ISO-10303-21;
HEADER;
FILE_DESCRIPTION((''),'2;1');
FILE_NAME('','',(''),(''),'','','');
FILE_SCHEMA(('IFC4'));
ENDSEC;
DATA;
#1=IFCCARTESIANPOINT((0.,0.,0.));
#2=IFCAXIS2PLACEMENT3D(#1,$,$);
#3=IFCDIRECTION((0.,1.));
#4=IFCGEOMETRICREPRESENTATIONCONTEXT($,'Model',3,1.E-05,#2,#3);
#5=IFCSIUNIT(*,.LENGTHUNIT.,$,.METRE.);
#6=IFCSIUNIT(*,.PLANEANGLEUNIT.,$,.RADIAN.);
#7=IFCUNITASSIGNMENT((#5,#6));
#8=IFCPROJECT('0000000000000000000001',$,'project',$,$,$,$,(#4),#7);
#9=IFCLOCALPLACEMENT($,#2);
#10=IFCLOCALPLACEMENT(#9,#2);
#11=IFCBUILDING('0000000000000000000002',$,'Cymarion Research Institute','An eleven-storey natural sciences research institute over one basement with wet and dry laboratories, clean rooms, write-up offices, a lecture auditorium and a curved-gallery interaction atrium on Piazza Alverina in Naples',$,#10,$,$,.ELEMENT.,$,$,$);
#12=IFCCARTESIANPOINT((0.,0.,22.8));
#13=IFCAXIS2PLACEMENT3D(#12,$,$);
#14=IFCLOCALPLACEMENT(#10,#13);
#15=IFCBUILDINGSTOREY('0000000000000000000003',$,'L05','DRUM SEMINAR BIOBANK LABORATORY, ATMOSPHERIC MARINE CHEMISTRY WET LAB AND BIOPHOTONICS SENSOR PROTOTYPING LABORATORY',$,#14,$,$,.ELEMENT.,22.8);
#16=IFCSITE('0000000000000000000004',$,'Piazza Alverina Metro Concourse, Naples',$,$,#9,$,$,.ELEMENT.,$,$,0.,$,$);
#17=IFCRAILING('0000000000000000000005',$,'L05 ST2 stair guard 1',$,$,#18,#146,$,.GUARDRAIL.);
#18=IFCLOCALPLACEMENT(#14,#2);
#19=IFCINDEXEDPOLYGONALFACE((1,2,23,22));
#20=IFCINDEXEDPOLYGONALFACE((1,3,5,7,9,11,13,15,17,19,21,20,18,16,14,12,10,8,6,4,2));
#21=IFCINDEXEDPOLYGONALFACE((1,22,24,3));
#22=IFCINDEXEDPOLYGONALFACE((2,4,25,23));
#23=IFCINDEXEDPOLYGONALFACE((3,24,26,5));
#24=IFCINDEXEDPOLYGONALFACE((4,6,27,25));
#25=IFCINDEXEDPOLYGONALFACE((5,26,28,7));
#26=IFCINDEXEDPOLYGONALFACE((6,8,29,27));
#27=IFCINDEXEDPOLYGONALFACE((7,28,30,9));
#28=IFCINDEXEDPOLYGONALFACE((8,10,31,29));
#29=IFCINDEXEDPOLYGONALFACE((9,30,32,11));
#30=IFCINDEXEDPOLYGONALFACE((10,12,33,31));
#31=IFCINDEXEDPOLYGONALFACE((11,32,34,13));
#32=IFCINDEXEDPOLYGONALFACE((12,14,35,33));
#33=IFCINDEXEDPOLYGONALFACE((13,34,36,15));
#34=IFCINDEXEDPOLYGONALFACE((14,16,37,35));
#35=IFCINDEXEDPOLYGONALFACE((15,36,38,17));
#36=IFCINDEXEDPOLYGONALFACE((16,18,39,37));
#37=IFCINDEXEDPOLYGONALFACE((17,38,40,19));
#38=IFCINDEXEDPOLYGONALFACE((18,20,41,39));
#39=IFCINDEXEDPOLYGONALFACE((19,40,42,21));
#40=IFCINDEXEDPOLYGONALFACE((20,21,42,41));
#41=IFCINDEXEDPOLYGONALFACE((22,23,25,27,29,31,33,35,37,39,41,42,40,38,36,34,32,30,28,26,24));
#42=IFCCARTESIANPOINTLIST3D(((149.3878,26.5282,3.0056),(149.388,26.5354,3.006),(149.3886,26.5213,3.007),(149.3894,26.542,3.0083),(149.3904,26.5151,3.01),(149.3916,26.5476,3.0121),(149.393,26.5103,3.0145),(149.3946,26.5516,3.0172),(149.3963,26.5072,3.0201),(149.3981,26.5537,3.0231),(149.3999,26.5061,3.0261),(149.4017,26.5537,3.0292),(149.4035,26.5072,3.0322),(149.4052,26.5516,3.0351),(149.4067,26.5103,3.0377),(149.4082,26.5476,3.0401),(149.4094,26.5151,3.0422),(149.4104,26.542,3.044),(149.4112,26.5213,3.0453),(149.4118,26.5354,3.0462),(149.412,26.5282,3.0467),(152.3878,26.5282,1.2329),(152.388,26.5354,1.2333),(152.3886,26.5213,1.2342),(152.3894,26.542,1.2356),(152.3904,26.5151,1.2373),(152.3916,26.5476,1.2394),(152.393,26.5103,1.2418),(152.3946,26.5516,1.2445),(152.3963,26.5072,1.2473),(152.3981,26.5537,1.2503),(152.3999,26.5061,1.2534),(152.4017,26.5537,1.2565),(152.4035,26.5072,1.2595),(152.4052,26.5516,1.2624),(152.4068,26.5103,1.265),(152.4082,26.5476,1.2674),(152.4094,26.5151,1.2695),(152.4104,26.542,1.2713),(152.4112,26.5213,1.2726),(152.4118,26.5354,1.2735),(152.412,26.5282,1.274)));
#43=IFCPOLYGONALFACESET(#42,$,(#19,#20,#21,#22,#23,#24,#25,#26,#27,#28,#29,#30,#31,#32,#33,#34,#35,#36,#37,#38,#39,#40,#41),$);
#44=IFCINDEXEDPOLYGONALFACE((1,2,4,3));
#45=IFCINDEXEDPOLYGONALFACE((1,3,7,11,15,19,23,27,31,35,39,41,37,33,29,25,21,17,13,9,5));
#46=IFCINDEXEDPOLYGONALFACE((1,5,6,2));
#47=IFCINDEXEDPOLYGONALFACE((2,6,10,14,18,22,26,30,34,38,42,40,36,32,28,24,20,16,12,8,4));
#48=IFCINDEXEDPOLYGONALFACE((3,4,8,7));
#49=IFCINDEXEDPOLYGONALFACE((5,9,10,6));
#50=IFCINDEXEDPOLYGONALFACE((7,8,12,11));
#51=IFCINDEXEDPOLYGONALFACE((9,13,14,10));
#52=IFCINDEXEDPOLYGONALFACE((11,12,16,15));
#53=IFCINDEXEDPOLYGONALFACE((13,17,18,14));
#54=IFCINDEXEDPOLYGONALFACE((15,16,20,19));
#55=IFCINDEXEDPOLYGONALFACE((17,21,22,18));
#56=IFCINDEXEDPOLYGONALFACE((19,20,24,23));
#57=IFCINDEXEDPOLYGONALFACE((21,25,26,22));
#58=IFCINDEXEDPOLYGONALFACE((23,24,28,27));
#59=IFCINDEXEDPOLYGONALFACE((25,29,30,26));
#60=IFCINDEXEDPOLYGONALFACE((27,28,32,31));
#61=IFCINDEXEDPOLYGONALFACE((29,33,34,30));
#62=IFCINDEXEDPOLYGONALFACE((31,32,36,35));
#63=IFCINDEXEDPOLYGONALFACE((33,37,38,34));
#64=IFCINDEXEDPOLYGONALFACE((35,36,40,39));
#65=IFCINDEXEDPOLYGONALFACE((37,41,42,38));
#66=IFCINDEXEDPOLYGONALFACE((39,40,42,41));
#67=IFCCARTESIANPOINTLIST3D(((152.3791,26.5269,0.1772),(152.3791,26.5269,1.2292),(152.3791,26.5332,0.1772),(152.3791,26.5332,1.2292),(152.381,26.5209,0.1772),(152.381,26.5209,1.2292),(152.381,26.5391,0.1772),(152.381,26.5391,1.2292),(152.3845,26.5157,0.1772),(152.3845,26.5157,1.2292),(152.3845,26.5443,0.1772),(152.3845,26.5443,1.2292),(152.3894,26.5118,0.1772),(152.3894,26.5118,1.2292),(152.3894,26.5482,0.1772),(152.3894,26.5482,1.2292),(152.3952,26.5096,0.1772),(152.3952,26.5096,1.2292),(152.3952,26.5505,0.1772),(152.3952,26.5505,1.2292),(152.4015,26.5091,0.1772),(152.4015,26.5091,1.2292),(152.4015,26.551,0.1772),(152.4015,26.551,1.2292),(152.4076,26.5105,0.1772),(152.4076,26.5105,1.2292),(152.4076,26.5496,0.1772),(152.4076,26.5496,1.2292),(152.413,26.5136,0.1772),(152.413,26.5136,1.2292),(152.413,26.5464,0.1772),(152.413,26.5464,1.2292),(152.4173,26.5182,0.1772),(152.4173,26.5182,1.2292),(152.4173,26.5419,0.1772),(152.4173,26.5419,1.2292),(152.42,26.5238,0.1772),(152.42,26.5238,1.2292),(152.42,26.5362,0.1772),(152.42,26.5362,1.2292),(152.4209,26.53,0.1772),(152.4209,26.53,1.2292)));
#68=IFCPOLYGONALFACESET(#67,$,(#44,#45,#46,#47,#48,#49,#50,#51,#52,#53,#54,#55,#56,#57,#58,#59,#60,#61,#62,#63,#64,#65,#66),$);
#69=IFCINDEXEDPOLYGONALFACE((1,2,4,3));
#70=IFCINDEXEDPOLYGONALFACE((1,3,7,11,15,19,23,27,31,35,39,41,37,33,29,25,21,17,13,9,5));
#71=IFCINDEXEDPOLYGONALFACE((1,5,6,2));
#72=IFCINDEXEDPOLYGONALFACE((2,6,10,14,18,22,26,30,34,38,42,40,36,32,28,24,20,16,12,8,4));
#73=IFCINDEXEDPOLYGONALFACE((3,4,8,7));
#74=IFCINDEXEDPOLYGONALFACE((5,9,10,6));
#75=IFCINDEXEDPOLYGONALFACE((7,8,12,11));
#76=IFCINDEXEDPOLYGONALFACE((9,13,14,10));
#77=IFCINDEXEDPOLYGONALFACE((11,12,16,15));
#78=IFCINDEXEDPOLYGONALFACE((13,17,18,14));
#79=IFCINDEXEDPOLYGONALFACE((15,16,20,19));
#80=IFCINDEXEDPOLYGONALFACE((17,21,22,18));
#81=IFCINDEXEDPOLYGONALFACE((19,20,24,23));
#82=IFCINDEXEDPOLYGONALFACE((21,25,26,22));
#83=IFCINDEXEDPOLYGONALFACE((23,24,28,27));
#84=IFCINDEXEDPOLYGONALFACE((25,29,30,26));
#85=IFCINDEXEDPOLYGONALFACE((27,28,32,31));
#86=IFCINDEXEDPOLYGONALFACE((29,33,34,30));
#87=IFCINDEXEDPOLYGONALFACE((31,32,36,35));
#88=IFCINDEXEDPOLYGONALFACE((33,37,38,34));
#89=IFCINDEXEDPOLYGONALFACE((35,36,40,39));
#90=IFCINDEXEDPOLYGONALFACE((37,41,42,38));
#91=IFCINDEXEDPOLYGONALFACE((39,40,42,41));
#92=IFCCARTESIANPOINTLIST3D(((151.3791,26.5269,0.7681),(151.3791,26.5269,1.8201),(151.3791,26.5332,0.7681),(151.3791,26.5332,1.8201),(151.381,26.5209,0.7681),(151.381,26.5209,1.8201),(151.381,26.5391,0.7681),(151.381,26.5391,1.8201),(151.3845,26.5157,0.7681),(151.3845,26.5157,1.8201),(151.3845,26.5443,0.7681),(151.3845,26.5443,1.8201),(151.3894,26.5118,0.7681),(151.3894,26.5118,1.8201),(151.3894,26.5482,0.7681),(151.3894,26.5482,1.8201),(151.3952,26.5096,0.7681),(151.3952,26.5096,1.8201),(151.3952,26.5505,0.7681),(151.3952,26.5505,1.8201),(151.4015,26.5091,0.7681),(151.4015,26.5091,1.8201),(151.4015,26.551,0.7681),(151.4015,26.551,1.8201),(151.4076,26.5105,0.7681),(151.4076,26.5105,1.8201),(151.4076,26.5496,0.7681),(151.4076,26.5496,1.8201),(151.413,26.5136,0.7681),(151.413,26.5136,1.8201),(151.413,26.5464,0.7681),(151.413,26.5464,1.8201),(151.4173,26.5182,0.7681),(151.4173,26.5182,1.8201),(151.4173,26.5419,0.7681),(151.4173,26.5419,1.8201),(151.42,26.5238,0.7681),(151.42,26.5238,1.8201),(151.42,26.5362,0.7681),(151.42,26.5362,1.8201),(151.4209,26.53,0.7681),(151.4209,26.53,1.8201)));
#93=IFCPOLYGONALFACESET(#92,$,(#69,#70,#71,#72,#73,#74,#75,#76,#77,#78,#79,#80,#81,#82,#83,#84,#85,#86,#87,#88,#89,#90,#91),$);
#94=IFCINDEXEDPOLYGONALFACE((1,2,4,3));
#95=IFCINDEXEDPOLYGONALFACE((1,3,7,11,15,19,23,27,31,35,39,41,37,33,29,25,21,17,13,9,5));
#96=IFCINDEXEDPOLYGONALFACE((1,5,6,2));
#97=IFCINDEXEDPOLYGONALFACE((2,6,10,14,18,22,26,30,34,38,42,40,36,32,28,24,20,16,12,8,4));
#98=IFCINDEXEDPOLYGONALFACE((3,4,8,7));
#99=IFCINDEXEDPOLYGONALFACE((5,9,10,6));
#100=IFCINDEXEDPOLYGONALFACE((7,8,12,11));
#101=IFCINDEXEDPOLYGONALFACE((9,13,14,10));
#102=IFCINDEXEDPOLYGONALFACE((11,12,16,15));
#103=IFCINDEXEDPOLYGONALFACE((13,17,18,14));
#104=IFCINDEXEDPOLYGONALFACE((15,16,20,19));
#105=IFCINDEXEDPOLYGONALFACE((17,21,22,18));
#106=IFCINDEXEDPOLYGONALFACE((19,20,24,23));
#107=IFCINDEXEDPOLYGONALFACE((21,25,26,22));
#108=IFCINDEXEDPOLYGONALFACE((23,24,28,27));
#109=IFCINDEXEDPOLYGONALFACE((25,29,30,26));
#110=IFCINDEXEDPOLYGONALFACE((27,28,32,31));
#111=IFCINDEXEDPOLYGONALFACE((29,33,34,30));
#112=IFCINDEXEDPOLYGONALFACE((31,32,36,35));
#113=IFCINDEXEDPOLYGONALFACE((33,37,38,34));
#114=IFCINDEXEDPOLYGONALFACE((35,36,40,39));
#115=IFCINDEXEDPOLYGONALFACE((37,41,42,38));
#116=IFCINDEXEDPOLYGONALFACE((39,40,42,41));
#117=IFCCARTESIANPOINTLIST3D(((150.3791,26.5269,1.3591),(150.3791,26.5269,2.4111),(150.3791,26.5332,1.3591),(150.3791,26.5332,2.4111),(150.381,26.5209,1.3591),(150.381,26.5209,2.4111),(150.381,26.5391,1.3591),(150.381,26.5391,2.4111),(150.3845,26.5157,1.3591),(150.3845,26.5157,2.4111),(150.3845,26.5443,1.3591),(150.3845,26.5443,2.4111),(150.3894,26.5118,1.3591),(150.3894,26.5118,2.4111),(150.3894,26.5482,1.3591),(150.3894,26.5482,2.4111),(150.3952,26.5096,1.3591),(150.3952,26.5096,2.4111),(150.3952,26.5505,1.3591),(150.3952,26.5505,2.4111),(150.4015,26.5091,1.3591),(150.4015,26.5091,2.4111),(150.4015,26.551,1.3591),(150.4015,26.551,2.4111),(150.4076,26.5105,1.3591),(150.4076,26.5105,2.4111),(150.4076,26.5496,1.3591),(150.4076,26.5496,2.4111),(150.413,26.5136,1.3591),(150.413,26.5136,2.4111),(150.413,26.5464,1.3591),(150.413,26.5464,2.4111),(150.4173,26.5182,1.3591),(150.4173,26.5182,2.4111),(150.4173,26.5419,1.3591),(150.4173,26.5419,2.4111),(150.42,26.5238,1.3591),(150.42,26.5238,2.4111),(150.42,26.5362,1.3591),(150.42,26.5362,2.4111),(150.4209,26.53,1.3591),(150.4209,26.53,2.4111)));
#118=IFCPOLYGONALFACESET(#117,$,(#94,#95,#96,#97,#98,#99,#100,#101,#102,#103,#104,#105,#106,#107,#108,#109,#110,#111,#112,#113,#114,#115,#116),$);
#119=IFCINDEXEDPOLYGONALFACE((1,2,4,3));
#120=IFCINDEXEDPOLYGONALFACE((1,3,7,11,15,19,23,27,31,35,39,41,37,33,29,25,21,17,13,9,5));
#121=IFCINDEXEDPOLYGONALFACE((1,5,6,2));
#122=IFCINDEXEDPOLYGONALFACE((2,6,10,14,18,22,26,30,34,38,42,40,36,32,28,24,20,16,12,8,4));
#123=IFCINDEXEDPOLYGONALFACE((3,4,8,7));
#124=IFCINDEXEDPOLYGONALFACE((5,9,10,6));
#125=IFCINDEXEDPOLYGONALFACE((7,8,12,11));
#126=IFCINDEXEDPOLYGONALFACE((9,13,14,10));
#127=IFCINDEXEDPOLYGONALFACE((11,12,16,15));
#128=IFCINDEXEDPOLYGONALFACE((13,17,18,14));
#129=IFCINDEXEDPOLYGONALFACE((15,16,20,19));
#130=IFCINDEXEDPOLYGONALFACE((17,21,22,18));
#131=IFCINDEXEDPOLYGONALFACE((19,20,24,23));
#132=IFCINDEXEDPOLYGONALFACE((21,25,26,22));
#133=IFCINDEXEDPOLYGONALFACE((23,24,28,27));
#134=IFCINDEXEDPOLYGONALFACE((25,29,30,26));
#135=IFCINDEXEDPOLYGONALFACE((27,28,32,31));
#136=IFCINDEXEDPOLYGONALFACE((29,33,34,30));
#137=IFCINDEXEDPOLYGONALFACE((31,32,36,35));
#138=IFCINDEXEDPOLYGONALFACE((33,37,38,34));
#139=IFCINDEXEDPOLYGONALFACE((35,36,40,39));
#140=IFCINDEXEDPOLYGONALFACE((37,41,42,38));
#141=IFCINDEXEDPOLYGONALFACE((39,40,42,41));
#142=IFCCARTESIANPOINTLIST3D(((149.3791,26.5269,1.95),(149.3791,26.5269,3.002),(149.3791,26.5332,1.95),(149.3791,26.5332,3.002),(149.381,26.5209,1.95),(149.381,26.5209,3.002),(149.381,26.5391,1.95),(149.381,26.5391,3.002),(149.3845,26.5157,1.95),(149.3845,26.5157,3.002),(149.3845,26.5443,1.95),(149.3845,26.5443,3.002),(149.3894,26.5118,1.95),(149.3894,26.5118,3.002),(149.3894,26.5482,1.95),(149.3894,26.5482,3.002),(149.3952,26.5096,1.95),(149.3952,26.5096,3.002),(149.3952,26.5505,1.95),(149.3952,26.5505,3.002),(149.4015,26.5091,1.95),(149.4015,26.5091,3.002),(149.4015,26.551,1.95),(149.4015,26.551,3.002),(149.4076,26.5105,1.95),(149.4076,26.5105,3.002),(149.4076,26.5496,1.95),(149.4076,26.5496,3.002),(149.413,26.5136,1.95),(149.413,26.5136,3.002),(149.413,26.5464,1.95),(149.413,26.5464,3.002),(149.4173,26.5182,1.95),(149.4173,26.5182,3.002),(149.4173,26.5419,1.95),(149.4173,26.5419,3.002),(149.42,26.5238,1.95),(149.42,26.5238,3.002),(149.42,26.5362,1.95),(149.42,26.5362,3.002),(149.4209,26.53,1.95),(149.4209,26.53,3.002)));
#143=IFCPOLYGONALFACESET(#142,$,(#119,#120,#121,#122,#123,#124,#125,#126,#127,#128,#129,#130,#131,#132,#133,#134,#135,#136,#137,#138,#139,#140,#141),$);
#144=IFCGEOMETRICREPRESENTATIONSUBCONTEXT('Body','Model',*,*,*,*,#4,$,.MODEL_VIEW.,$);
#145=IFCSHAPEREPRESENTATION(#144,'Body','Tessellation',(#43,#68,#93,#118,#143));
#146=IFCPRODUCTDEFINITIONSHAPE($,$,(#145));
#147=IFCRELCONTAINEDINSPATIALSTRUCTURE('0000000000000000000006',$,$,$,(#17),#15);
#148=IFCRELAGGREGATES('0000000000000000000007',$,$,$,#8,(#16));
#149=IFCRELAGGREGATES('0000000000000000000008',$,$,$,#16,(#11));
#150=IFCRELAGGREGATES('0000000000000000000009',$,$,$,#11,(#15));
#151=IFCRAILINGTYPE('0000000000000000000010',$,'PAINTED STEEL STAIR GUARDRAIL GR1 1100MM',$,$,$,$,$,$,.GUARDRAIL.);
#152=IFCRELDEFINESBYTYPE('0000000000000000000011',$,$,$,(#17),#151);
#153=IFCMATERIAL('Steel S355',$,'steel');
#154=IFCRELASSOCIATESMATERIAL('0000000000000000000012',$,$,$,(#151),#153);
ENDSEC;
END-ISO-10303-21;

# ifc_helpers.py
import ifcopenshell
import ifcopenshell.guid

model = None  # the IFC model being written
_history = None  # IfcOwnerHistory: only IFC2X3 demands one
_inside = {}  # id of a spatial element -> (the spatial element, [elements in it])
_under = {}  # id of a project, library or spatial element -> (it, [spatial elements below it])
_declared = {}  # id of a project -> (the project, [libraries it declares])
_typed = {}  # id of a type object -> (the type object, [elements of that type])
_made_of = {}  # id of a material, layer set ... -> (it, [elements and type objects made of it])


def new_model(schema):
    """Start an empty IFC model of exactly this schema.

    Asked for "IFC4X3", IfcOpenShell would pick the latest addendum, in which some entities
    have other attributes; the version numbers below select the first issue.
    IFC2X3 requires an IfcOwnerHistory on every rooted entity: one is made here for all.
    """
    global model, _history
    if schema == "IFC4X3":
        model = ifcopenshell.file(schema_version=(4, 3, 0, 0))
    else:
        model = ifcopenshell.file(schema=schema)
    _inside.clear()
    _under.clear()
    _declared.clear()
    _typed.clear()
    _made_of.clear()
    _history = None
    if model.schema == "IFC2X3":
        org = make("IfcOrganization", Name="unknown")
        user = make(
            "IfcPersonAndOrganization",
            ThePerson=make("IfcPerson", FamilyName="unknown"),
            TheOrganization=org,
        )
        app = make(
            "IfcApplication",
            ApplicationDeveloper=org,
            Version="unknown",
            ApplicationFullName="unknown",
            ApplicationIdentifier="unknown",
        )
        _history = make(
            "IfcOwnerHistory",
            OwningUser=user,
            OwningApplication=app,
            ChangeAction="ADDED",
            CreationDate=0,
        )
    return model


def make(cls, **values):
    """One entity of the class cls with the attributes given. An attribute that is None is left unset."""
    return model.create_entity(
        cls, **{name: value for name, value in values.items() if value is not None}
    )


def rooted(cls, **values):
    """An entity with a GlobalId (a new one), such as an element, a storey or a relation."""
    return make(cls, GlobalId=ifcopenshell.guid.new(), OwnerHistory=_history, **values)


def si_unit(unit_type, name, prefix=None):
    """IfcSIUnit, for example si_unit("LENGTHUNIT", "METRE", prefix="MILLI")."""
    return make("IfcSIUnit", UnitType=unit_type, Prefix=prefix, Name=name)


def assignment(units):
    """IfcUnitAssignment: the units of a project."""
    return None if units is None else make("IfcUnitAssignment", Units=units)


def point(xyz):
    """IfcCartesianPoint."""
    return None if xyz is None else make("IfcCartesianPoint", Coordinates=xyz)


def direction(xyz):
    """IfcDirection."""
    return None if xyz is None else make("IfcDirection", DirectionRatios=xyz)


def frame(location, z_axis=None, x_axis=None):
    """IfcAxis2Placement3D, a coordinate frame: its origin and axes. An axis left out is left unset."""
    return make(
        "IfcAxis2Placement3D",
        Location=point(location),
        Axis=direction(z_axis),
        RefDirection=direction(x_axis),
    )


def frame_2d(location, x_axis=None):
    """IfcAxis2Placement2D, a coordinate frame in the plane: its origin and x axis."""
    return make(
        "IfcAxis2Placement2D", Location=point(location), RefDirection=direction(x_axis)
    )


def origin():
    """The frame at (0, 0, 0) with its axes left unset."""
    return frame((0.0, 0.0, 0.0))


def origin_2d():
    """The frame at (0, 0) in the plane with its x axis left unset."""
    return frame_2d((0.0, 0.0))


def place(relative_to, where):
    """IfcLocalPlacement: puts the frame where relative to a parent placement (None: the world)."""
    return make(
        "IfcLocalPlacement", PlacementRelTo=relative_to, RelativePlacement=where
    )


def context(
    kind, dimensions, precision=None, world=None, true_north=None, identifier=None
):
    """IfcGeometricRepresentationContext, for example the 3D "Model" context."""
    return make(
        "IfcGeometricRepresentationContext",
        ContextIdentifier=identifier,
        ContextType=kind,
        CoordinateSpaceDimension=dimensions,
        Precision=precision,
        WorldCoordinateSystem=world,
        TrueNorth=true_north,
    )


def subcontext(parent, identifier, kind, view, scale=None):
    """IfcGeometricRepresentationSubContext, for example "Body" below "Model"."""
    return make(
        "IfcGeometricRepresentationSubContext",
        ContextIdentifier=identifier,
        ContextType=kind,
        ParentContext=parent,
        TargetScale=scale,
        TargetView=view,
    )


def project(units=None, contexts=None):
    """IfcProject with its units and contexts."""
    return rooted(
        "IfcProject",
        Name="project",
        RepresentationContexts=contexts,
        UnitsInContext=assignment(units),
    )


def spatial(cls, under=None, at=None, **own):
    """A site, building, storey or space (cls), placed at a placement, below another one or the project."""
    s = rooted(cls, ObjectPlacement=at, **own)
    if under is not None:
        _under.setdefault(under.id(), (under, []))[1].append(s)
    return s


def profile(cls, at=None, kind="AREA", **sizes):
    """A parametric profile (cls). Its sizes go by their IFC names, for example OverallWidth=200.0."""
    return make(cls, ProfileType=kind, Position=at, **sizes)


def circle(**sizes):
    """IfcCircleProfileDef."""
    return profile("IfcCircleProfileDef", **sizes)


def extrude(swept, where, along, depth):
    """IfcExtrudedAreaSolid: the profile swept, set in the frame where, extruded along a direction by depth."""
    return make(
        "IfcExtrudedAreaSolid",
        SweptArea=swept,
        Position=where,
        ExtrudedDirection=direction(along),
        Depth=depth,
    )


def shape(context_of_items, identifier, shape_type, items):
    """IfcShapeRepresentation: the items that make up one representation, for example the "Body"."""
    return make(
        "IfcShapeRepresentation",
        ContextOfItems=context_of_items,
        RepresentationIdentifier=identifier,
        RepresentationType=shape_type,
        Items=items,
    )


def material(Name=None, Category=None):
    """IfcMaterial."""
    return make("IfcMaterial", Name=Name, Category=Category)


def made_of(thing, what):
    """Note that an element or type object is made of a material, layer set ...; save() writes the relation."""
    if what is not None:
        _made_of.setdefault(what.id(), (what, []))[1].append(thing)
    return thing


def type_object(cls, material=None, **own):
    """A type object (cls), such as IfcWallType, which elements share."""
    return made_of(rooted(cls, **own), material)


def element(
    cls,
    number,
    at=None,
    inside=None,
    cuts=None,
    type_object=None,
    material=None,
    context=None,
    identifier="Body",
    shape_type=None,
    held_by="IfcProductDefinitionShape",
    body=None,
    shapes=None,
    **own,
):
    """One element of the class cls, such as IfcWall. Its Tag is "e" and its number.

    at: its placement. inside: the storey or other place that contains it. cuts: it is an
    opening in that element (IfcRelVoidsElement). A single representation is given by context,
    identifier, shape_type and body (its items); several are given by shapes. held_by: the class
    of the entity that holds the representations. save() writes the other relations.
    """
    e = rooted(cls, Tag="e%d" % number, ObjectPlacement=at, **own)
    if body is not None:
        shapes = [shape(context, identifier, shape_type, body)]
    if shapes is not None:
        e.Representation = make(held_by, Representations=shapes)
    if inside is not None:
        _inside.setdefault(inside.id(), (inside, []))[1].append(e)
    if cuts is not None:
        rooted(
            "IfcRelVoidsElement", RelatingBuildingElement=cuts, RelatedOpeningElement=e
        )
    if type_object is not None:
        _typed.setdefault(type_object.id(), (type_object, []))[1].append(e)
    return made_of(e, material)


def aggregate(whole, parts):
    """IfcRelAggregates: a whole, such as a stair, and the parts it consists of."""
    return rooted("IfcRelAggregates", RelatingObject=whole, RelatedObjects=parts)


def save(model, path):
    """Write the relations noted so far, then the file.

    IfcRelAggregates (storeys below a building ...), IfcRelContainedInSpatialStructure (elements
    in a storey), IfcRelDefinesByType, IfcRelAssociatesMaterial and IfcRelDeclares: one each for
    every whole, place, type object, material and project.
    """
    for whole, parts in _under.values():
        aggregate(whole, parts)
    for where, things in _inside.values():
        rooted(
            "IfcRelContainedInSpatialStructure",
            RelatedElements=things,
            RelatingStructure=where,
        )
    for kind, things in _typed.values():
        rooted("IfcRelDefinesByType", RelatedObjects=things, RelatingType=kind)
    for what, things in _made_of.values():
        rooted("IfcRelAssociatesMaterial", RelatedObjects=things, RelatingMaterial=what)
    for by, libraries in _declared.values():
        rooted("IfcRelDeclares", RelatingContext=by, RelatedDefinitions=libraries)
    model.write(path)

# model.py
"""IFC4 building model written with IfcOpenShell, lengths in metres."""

from ifc_helpers import new_model, si_unit, direction, frame, origin, origin_2d, place, context, subcontext, project, spatial, circle, extrude, material, type_object, element, save


model = new_model("IFC4")

# Units and contexts
model_context = context("Model", 3, precision=1e-05, world=origin(), true_north=direction((0.0, 1.0)))
body_context = subcontext(model_context, "Body", "Model", "MODEL_VIEW")
ifc_project = project(units=[si_unit("LENGTHUNIT", "METRE"), si_unit("PLANEANGLEUNIT", "RADIAN")], contexts=[model_context])

# Site, building, storey
site_placement = place(None, origin())
site = spatial("IfcSite", under=ifc_project, at=site_placement, Name="Piazza Alverina Metro Concourse, Naples", CompositionType="ELEMENT", RefElevation=0.0)
building_placement = place(site_placement, origin())
building = spatial("IfcBuilding", under=site, at=building_placement, Name="Cymarion Research Institute", Description="An eleven-storey natural sciences research institute over one basement with wet and dry laboratories, clean rooms, write-up offices, a lecture auditorium and a curved-gallery interaction atrium on Piazza Alverina in Naples", CompositionType="ELEMENT")
storey_placement = place(building_placement, frame((0.0, 0.0, 22.8)))
storey = spatial("IfcBuildingStorey", under=building, at=storey_placement, Name="L05", Description="DRUM SEMINAR BIOBANK LABORATORY, ATMOSPHERIC MARINE CHEMISTRY WET LAB AND BIOPHOTONICS SENSOR PROTOTYPING LABORATORY", CompositionType="ELEMENT", Elevation=22.8)

# Shared definitions
ifc_material_1 = material(Name="Steel S355", Category="steel")

# Railing
railing_type_1 = type_object("IfcRailingType", Name="PAINTED STEEL STAIR GUARDRAIL GR1 1100MM", PredefinedType="GUARDRAIL", material=ifc_material_1)
railing_1_placement = place(storey_placement, frame((152.3999, 26.53, 0.1772)))
element("IfcRailing", 1, at=railing_1_placement, inside=storey, type_object=railing_type_1, Name="L05 ST2 stair guard 1", PredefinedType="GUARDRAIL", context=body_context, shape_type="SweptSolid", body=[
    extrude(circle(Radius=0.0239, at=origin_2d()), frame((0.0, 0.0, 1.0762), z_axis=(-0.860929, 0.0, 0.508725), x_axis=(0.0, -1.0, 0.0)), (0.0, 0.0, 1.0), 3.4846),
    extrude(circle(Radius=0.021, at=origin_2d()), origin(), (0.0, 0.0, 1.0), 1.052),
    extrude(circle(Radius=0.021, at=origin_2d()), frame((-1.0, 0.0, 0.5908)), (0.0, 0.0, 1.0), 1.052),
    extrude(circle(Radius=0.021, at=origin_2d()), frame((-2.0, 0.0, 1.1819)), (0.0, 0.0, 1.0), 1.052),
    extrude(circle(Radius=0.021, at=origin_2d()), frame((-3.0, 0.0, 1.7727)), (0.0, 0.0, 1.0), 1.052),
])

save(model, "model.ifc")
